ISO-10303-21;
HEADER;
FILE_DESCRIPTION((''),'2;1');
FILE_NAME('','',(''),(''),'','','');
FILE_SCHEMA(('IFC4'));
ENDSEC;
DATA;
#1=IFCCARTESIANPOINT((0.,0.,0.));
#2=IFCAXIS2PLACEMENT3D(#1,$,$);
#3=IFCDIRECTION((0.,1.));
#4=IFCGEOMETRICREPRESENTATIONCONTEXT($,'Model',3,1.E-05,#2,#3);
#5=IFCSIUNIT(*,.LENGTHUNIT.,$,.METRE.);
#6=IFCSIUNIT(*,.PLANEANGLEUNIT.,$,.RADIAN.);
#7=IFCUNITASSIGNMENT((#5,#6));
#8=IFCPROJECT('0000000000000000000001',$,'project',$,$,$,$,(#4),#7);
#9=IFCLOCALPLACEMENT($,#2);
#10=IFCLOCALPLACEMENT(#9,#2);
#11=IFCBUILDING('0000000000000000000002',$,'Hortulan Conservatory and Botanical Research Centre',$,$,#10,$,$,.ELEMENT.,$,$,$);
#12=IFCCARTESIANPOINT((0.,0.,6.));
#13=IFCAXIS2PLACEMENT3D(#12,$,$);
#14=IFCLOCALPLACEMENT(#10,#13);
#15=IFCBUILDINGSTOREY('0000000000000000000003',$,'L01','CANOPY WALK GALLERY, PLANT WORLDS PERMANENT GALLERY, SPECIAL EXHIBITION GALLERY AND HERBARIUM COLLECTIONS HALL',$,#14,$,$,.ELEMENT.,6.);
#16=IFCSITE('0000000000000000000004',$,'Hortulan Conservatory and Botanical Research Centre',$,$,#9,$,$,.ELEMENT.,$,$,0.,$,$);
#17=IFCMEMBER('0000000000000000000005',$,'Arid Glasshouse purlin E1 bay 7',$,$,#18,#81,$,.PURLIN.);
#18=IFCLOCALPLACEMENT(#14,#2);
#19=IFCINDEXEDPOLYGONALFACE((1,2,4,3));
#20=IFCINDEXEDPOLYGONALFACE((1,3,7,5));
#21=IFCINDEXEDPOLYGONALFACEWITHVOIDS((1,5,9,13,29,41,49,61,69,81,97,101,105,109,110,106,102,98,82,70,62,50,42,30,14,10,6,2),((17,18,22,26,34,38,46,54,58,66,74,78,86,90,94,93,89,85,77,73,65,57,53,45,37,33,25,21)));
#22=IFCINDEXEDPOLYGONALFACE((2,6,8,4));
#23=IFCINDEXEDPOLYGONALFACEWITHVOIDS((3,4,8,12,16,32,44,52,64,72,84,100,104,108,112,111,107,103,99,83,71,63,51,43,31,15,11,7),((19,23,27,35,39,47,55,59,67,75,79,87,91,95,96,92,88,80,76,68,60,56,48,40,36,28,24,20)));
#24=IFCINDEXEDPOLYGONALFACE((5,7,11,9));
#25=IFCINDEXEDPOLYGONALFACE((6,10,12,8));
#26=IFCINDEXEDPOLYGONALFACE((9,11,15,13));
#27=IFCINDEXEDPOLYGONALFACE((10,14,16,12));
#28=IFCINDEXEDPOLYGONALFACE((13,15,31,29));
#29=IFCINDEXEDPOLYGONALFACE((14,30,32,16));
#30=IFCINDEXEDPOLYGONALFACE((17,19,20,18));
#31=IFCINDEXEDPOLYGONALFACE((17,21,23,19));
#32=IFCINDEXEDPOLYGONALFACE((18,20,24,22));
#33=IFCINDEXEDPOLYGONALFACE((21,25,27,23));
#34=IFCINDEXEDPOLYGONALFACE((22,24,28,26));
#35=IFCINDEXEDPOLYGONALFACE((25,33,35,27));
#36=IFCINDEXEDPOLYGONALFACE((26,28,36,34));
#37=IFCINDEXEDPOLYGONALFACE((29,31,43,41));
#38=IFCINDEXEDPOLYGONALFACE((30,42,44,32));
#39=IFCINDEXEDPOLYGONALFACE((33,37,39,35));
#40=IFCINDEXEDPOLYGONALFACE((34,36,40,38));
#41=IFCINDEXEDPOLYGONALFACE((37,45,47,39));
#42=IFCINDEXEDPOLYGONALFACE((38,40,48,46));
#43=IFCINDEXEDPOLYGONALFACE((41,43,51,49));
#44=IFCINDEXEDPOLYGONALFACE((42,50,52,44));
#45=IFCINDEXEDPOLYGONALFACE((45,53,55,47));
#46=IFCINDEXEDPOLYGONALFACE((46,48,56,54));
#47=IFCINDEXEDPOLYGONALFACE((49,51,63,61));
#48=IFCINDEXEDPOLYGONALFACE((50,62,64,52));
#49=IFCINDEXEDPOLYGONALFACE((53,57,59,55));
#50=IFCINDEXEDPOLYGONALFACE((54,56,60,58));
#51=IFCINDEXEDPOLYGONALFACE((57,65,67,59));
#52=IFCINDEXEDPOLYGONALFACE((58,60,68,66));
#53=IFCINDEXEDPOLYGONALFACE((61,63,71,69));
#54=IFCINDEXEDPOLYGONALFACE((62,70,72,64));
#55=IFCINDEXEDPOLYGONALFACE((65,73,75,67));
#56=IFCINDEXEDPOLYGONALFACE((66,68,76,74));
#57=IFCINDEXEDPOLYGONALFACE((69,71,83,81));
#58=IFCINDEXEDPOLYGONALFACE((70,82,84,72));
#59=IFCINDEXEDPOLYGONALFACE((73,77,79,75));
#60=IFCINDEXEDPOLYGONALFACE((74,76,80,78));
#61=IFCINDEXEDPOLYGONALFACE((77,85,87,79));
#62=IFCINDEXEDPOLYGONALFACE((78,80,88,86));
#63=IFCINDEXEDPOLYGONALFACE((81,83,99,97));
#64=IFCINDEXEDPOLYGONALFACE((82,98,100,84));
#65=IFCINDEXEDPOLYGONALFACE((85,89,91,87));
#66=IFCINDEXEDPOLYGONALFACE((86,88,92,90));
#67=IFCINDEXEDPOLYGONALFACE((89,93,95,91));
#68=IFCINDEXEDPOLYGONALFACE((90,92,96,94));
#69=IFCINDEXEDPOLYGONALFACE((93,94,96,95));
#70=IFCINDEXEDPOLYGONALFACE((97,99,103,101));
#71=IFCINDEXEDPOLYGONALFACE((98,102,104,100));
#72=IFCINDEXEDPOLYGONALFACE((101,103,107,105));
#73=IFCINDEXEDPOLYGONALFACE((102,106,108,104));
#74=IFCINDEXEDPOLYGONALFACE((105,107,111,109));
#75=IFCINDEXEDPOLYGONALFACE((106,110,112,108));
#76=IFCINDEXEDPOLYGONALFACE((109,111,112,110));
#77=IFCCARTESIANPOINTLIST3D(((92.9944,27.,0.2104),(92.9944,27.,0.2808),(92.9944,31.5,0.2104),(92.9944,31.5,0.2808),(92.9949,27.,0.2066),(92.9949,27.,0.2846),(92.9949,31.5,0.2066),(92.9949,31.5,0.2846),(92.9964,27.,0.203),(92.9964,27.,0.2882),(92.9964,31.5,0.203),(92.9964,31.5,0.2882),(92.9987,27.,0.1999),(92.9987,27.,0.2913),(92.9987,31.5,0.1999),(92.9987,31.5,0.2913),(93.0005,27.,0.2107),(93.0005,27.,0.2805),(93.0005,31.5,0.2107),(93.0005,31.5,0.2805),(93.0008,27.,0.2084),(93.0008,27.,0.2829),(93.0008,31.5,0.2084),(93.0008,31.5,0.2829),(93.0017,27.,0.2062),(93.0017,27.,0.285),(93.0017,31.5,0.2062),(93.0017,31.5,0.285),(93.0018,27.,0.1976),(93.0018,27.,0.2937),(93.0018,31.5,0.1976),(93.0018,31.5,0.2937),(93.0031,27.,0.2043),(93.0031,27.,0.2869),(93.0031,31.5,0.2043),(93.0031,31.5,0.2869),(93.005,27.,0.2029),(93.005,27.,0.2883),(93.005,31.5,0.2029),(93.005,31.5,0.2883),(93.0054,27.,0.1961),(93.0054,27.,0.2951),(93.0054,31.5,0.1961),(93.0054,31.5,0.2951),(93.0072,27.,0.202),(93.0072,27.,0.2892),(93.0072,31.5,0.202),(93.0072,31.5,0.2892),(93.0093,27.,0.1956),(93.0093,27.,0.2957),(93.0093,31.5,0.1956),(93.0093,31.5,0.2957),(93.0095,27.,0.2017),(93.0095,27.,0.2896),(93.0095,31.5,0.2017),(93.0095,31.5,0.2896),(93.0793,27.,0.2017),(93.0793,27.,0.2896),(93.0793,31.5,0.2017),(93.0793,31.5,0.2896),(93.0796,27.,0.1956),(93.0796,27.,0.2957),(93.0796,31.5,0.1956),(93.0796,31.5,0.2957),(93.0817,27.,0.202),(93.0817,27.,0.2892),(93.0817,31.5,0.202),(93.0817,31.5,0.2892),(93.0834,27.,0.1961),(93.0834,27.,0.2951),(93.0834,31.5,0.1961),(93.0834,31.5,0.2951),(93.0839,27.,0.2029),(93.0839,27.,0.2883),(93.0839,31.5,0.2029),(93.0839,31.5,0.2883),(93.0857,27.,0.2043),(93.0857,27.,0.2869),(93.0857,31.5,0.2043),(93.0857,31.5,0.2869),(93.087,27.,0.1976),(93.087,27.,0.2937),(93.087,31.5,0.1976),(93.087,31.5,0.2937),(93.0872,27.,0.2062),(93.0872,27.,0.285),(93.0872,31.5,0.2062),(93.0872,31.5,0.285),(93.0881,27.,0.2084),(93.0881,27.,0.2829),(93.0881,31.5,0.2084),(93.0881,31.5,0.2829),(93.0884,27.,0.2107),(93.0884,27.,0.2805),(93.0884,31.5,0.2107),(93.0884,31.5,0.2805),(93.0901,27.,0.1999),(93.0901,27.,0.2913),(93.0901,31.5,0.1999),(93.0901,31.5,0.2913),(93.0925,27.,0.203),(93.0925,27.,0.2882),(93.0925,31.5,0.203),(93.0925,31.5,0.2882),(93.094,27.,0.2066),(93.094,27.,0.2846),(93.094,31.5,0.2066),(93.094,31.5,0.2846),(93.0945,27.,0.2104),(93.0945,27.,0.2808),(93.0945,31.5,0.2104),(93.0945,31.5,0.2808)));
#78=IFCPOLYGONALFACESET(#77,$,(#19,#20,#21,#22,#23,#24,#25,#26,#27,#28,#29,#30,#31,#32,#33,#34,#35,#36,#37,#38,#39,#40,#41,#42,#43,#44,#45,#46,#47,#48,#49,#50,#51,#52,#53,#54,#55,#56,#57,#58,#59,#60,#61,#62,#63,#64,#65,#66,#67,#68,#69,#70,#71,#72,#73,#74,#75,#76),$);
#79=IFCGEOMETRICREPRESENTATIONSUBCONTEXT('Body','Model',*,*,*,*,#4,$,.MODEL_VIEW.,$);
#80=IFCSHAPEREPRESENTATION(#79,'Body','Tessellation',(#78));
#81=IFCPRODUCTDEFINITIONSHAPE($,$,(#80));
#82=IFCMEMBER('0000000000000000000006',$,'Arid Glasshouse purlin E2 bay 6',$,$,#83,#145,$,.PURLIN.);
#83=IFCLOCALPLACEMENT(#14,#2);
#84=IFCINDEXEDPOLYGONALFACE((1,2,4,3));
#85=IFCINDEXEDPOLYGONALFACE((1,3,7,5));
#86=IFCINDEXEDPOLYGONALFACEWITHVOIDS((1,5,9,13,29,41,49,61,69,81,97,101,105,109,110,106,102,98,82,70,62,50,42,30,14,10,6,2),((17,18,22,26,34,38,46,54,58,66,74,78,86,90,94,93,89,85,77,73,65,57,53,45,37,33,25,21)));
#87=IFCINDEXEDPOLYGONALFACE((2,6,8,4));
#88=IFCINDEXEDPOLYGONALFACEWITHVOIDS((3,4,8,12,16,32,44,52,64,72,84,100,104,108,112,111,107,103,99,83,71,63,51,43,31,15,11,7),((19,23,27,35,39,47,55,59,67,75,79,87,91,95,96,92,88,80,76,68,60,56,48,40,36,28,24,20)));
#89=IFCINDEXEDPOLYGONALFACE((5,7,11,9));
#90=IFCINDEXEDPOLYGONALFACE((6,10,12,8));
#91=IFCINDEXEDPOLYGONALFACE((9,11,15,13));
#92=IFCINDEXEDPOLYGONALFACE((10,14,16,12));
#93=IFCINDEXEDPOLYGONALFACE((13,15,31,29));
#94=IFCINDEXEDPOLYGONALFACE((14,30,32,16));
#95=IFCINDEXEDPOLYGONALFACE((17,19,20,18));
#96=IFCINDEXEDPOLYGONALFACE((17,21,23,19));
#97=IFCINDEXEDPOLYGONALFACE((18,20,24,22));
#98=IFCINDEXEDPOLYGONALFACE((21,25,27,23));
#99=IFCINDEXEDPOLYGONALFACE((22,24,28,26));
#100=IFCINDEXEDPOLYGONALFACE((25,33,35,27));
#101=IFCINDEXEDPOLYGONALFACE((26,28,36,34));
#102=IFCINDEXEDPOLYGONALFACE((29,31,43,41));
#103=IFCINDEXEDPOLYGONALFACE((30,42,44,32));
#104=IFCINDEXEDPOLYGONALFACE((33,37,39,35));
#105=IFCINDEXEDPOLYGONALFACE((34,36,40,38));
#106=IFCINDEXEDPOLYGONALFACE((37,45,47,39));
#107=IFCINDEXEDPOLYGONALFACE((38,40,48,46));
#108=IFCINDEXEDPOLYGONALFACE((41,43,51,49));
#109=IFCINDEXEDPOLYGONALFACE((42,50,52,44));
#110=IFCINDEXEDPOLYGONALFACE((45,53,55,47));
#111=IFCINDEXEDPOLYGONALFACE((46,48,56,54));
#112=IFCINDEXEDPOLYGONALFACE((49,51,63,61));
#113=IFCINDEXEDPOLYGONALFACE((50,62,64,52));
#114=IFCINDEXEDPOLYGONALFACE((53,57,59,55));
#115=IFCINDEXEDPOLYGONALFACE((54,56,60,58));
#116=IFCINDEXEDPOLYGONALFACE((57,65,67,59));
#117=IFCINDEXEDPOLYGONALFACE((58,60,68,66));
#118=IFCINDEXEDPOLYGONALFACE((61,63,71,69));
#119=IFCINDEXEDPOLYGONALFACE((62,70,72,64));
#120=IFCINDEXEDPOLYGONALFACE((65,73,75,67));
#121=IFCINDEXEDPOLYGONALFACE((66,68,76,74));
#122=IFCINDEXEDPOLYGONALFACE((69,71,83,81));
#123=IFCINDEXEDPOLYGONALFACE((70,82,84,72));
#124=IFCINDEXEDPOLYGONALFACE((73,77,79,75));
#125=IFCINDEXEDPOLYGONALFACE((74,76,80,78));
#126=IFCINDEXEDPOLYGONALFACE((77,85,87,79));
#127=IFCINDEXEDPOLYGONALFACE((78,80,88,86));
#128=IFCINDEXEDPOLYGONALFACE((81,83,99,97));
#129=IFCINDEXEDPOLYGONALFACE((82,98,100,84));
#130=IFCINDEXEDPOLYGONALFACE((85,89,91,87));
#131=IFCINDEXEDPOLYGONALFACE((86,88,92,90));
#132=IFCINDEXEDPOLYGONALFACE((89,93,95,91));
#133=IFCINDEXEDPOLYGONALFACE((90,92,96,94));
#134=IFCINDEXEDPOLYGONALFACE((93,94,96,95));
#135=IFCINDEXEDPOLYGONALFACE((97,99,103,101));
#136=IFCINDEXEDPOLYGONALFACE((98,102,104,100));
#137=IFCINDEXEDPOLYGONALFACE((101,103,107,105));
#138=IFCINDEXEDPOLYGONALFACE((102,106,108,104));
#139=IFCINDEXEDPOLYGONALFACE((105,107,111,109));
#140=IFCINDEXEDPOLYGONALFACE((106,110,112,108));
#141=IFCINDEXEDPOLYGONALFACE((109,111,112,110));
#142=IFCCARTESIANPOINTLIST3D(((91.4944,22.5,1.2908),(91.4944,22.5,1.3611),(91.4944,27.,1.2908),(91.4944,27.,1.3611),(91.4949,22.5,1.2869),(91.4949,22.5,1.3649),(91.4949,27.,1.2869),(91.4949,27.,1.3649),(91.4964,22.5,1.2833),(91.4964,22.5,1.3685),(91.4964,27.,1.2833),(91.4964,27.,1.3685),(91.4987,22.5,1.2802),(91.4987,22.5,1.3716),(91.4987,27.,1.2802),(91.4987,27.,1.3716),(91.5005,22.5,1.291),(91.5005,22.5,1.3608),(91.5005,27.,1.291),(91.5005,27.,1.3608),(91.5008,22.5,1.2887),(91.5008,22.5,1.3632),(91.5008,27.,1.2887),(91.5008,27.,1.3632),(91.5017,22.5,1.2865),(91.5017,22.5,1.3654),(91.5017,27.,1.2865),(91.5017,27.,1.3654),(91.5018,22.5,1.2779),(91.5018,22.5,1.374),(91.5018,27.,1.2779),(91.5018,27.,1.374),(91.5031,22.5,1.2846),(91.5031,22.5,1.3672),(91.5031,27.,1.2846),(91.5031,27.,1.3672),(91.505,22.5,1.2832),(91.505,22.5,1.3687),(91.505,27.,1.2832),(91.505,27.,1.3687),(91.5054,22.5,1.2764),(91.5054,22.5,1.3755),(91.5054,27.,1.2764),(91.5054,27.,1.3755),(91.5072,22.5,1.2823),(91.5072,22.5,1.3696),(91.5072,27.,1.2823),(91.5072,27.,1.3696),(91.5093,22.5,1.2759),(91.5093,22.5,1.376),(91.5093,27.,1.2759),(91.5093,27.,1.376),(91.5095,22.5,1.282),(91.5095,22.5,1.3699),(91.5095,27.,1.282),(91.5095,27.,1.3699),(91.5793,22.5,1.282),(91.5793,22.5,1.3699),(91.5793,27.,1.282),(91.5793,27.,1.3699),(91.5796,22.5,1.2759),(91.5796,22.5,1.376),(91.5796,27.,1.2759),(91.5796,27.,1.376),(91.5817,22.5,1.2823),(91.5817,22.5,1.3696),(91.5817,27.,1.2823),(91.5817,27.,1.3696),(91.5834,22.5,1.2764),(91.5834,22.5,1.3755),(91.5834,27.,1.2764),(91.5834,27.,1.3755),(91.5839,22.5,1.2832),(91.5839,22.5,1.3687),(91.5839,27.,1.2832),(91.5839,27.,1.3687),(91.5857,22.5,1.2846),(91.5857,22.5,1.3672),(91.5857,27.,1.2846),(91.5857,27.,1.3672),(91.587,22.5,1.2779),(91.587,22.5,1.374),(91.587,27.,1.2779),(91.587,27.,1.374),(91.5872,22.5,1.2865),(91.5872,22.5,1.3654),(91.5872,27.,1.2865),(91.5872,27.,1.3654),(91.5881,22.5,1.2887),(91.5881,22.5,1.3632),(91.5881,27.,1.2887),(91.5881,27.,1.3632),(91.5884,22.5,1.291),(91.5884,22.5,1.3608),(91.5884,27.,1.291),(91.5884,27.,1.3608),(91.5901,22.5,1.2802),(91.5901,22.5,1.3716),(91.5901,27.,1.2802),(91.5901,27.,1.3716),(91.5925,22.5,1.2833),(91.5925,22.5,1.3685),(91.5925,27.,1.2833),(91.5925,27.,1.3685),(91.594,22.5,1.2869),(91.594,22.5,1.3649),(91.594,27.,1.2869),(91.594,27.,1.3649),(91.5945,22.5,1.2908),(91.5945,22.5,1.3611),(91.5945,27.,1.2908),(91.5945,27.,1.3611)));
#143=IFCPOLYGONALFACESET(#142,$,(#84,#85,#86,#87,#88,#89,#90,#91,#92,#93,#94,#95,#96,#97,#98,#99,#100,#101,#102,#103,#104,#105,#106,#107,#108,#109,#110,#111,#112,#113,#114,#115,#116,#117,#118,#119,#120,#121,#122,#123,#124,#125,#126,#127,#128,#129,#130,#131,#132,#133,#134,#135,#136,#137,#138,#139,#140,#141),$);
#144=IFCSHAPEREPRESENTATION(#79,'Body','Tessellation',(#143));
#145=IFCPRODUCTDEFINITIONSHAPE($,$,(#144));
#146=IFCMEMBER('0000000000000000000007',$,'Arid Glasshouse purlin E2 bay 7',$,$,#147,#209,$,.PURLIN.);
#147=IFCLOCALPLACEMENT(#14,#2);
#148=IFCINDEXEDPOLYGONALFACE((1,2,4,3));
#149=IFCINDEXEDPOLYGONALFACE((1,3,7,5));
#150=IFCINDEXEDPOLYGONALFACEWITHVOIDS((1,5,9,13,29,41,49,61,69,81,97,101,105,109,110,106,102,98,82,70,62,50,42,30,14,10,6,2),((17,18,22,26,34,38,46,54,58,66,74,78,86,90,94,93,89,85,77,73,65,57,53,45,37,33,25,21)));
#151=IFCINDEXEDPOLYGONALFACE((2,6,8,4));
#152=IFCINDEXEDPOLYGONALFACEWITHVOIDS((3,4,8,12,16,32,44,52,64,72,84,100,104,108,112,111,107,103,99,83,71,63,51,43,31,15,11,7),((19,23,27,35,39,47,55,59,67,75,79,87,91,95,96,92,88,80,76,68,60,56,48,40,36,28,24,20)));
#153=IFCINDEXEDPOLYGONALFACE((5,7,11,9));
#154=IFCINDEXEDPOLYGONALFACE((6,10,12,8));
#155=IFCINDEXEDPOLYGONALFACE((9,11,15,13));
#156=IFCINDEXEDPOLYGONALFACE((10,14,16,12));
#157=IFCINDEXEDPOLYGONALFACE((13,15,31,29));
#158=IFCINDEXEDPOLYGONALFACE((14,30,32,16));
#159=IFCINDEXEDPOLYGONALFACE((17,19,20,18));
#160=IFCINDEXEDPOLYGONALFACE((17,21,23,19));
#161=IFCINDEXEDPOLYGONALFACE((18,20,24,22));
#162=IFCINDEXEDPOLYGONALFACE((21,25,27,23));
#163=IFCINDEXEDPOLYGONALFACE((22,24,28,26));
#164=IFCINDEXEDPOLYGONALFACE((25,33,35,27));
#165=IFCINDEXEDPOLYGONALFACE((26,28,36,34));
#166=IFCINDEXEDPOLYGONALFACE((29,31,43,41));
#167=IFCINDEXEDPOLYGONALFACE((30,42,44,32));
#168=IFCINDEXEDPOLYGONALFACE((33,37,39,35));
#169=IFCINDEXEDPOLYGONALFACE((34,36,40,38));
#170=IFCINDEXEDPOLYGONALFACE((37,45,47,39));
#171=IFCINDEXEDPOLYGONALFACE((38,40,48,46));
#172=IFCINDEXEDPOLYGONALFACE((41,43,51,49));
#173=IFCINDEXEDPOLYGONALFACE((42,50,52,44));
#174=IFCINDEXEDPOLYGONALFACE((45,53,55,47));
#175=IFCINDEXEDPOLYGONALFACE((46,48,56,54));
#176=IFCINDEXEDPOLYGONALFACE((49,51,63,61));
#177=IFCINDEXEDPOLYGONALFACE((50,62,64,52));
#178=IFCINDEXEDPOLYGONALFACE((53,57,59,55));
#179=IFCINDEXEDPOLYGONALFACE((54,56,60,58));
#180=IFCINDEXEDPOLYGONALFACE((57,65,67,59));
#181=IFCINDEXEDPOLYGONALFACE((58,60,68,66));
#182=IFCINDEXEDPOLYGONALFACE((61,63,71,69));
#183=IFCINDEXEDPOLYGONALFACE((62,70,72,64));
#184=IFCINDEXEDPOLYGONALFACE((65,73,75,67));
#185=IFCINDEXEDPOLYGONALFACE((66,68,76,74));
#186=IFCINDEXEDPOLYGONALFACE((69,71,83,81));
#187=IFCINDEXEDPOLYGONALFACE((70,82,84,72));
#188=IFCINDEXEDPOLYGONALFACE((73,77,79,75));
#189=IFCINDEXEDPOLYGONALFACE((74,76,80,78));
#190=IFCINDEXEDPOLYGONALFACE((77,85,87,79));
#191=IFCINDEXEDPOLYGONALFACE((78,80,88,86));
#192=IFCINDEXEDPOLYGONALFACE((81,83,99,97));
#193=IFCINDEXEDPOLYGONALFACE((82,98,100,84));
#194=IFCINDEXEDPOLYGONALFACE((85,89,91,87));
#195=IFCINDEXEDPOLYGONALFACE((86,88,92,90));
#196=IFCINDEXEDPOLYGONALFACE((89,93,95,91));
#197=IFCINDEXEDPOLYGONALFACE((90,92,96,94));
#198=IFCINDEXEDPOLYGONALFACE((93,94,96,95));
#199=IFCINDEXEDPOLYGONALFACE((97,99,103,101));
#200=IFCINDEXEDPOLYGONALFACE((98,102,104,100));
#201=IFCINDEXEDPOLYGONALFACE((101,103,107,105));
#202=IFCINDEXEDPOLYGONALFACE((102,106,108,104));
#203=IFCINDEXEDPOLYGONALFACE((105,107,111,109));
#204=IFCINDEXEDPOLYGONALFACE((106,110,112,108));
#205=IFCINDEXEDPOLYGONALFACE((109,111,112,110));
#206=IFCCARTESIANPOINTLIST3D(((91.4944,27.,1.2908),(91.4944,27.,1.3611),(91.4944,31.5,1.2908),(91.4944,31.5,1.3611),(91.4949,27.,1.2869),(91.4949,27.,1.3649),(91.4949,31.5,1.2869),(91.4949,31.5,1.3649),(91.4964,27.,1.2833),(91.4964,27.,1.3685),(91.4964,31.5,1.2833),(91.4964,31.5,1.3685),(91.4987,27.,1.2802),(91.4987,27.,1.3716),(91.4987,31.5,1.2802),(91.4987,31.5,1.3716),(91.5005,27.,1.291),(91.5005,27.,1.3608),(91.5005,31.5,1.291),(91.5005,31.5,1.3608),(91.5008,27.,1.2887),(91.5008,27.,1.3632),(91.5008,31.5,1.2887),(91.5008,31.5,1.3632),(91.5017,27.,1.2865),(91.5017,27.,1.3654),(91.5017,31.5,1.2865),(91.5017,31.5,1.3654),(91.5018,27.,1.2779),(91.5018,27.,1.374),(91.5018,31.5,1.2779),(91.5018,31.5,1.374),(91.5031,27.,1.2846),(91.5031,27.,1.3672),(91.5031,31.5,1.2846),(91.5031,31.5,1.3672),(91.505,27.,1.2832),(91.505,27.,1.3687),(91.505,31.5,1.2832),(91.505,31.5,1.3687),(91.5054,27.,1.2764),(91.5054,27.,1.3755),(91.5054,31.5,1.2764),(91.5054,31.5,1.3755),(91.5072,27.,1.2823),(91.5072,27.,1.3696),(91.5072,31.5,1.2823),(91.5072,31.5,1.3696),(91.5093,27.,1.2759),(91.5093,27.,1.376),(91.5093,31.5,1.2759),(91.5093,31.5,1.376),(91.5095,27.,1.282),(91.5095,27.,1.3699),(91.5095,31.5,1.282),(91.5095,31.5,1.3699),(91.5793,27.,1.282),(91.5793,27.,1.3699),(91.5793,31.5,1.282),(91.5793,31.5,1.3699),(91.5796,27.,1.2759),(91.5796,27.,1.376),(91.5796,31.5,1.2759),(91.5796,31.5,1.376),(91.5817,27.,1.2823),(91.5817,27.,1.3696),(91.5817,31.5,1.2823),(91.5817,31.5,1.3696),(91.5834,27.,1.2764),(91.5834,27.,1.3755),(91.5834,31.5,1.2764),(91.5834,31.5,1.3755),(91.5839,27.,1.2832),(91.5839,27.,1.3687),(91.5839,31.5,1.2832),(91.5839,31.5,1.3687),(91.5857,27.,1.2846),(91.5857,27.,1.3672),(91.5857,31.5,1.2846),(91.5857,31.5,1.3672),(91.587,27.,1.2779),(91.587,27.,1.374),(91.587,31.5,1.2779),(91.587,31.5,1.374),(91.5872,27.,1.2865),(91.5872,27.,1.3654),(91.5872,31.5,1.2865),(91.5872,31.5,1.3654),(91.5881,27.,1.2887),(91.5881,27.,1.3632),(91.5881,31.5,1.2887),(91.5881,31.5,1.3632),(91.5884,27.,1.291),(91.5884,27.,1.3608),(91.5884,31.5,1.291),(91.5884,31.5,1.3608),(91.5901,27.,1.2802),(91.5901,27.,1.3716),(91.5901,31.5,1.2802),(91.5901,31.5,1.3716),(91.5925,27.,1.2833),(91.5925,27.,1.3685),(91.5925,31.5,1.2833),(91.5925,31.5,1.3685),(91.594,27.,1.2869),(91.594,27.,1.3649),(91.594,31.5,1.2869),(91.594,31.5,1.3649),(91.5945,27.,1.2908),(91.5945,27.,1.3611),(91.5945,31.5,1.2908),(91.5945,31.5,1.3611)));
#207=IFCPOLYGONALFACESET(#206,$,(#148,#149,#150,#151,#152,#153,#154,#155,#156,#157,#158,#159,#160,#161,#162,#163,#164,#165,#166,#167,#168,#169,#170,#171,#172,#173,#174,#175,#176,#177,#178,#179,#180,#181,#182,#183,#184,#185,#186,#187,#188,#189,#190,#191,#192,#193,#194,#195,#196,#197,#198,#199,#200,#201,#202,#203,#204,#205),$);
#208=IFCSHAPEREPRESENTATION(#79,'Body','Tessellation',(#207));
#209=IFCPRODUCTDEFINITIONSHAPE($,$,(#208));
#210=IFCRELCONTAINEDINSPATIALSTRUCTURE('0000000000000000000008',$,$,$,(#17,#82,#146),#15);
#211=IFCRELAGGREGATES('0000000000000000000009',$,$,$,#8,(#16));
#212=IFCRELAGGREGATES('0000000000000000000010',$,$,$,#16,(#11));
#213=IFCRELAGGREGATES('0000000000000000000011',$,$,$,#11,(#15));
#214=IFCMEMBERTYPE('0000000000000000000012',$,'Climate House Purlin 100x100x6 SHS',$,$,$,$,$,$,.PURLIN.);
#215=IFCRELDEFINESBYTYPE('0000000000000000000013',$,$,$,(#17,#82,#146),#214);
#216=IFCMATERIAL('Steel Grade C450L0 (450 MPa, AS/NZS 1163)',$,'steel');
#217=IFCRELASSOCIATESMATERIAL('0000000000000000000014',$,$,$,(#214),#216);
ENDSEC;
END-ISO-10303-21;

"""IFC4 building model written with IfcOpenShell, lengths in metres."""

from ifc_helpers import new_model, si_unit, direction, frame, origin, origin_2d, place, context, subcontext, project, spatial, hollow_rectangle, extrude, material, material_profile, profile_set, type_object, element, save


model = new_model("IFC4")

# Units and contexts
model_context = context("Model", 3, precision=1e-05, world=origin(), true_north=direction((0.0, 1.0)))
body_context = subcontext(model_context, "Body", "Model", "MODEL_VIEW")
ifc_project = project(units=[si_unit("LENGTHUNIT", "METRE"), si_unit("PLANEANGLEUNIT", "RADIAN")], contexts=[model_context])

# Site, building, storey
site_placement = place(None, origin())
site = spatial("IfcSite", under=ifc_project, at=site_placement, Name="Hortulan Conservatory and Botanical Research Centre", CompositionType="ELEMENT", RefElevation=0.0)
building_placement = place(site_placement, origin())
building = spatial("IfcBuilding", under=site, at=building_placement, Name="Hortulan Conservatory and Botanical Research Centre", CompositionType="ELEMENT")
storey_placement = place(building_placement, frame((0.0, 0.0, 6.0)))
storey = spatial("IfcBuildingStorey", under=building, at=storey_placement, Name="L01", Description="CANOPY WALK GALLERY, PLANT WORLDS PERMANENT GALLERY, SPECIAL EXHIBITION GALLERY AND HERBARIUM COLLECTIONS HALL", CompositionType="ELEMENT", Elevation=6.0)

# Members
ifc_material_1 = material(Name="Steel Grade C450L0 (450 MPa, AS/NZS 1163)", Category="steel")
ifc_material_profile_1 = material_profile(ifc_material_1, hollow_rectangle(XDim=0.1001, YDim=0.1001, WallThickness=0.0061, InnerFilletRadius=0.009, OuterFilletRadius=0.0149, at=origin_2d()), Name="100x100x6SHS")
ifc_profile_set_1 = profile_set([ifc_material_profile_1], Name="Steel Grade C450L0 (450 MPa, AS/NZS 1163)")
member_type_1 = type_object("IfcMemberType", Name="Climate House Purlin 100x100x6 SHS", PredefinedType="PURLIN", material=ifc_profile_set_1)
for number, where, z_axis, x_axis, name in (
    (1, (93.0444, 27.0, 0.2456), (0.0, 1.0, 0.0), (-1.0, 0.0, 0.0), "Arid Glasshouse purlin E1 bay 7"),
    (2, (91.5444, 22.5, 1.3259), (0.0, 1.0, 0.0), (-1.0, 0.0, 0.0), "Arid Glasshouse purlin E2 bay 6"),
    (3, (91.5444, 27.0, 1.3259), (0.0, 1.0, 0.0), (-1.0, 0.0, 0.0), "Arid Glasshouse purlin E2 bay 7"),
):
    element("IfcMember", number, at=place(storey_placement, frame(where, z_axis=z_axis, x_axis=x_axis)), inside=storey, type_object=member_type_1, Name=name, PredefinedType="PURLIN", context=body_context, shape_type="SweptSolid", body=[
        extrude(hollow_rectangle(XDim=0.1001, YDim=0.1001, WallThickness=0.0061, InnerFilletRadius=0.009, OuterFilletRadius=0.0149, at=origin_2d()), origin(), (0.0, 0.0, 1.0), 4.5),
    ])

save(model, "model.ifc")
